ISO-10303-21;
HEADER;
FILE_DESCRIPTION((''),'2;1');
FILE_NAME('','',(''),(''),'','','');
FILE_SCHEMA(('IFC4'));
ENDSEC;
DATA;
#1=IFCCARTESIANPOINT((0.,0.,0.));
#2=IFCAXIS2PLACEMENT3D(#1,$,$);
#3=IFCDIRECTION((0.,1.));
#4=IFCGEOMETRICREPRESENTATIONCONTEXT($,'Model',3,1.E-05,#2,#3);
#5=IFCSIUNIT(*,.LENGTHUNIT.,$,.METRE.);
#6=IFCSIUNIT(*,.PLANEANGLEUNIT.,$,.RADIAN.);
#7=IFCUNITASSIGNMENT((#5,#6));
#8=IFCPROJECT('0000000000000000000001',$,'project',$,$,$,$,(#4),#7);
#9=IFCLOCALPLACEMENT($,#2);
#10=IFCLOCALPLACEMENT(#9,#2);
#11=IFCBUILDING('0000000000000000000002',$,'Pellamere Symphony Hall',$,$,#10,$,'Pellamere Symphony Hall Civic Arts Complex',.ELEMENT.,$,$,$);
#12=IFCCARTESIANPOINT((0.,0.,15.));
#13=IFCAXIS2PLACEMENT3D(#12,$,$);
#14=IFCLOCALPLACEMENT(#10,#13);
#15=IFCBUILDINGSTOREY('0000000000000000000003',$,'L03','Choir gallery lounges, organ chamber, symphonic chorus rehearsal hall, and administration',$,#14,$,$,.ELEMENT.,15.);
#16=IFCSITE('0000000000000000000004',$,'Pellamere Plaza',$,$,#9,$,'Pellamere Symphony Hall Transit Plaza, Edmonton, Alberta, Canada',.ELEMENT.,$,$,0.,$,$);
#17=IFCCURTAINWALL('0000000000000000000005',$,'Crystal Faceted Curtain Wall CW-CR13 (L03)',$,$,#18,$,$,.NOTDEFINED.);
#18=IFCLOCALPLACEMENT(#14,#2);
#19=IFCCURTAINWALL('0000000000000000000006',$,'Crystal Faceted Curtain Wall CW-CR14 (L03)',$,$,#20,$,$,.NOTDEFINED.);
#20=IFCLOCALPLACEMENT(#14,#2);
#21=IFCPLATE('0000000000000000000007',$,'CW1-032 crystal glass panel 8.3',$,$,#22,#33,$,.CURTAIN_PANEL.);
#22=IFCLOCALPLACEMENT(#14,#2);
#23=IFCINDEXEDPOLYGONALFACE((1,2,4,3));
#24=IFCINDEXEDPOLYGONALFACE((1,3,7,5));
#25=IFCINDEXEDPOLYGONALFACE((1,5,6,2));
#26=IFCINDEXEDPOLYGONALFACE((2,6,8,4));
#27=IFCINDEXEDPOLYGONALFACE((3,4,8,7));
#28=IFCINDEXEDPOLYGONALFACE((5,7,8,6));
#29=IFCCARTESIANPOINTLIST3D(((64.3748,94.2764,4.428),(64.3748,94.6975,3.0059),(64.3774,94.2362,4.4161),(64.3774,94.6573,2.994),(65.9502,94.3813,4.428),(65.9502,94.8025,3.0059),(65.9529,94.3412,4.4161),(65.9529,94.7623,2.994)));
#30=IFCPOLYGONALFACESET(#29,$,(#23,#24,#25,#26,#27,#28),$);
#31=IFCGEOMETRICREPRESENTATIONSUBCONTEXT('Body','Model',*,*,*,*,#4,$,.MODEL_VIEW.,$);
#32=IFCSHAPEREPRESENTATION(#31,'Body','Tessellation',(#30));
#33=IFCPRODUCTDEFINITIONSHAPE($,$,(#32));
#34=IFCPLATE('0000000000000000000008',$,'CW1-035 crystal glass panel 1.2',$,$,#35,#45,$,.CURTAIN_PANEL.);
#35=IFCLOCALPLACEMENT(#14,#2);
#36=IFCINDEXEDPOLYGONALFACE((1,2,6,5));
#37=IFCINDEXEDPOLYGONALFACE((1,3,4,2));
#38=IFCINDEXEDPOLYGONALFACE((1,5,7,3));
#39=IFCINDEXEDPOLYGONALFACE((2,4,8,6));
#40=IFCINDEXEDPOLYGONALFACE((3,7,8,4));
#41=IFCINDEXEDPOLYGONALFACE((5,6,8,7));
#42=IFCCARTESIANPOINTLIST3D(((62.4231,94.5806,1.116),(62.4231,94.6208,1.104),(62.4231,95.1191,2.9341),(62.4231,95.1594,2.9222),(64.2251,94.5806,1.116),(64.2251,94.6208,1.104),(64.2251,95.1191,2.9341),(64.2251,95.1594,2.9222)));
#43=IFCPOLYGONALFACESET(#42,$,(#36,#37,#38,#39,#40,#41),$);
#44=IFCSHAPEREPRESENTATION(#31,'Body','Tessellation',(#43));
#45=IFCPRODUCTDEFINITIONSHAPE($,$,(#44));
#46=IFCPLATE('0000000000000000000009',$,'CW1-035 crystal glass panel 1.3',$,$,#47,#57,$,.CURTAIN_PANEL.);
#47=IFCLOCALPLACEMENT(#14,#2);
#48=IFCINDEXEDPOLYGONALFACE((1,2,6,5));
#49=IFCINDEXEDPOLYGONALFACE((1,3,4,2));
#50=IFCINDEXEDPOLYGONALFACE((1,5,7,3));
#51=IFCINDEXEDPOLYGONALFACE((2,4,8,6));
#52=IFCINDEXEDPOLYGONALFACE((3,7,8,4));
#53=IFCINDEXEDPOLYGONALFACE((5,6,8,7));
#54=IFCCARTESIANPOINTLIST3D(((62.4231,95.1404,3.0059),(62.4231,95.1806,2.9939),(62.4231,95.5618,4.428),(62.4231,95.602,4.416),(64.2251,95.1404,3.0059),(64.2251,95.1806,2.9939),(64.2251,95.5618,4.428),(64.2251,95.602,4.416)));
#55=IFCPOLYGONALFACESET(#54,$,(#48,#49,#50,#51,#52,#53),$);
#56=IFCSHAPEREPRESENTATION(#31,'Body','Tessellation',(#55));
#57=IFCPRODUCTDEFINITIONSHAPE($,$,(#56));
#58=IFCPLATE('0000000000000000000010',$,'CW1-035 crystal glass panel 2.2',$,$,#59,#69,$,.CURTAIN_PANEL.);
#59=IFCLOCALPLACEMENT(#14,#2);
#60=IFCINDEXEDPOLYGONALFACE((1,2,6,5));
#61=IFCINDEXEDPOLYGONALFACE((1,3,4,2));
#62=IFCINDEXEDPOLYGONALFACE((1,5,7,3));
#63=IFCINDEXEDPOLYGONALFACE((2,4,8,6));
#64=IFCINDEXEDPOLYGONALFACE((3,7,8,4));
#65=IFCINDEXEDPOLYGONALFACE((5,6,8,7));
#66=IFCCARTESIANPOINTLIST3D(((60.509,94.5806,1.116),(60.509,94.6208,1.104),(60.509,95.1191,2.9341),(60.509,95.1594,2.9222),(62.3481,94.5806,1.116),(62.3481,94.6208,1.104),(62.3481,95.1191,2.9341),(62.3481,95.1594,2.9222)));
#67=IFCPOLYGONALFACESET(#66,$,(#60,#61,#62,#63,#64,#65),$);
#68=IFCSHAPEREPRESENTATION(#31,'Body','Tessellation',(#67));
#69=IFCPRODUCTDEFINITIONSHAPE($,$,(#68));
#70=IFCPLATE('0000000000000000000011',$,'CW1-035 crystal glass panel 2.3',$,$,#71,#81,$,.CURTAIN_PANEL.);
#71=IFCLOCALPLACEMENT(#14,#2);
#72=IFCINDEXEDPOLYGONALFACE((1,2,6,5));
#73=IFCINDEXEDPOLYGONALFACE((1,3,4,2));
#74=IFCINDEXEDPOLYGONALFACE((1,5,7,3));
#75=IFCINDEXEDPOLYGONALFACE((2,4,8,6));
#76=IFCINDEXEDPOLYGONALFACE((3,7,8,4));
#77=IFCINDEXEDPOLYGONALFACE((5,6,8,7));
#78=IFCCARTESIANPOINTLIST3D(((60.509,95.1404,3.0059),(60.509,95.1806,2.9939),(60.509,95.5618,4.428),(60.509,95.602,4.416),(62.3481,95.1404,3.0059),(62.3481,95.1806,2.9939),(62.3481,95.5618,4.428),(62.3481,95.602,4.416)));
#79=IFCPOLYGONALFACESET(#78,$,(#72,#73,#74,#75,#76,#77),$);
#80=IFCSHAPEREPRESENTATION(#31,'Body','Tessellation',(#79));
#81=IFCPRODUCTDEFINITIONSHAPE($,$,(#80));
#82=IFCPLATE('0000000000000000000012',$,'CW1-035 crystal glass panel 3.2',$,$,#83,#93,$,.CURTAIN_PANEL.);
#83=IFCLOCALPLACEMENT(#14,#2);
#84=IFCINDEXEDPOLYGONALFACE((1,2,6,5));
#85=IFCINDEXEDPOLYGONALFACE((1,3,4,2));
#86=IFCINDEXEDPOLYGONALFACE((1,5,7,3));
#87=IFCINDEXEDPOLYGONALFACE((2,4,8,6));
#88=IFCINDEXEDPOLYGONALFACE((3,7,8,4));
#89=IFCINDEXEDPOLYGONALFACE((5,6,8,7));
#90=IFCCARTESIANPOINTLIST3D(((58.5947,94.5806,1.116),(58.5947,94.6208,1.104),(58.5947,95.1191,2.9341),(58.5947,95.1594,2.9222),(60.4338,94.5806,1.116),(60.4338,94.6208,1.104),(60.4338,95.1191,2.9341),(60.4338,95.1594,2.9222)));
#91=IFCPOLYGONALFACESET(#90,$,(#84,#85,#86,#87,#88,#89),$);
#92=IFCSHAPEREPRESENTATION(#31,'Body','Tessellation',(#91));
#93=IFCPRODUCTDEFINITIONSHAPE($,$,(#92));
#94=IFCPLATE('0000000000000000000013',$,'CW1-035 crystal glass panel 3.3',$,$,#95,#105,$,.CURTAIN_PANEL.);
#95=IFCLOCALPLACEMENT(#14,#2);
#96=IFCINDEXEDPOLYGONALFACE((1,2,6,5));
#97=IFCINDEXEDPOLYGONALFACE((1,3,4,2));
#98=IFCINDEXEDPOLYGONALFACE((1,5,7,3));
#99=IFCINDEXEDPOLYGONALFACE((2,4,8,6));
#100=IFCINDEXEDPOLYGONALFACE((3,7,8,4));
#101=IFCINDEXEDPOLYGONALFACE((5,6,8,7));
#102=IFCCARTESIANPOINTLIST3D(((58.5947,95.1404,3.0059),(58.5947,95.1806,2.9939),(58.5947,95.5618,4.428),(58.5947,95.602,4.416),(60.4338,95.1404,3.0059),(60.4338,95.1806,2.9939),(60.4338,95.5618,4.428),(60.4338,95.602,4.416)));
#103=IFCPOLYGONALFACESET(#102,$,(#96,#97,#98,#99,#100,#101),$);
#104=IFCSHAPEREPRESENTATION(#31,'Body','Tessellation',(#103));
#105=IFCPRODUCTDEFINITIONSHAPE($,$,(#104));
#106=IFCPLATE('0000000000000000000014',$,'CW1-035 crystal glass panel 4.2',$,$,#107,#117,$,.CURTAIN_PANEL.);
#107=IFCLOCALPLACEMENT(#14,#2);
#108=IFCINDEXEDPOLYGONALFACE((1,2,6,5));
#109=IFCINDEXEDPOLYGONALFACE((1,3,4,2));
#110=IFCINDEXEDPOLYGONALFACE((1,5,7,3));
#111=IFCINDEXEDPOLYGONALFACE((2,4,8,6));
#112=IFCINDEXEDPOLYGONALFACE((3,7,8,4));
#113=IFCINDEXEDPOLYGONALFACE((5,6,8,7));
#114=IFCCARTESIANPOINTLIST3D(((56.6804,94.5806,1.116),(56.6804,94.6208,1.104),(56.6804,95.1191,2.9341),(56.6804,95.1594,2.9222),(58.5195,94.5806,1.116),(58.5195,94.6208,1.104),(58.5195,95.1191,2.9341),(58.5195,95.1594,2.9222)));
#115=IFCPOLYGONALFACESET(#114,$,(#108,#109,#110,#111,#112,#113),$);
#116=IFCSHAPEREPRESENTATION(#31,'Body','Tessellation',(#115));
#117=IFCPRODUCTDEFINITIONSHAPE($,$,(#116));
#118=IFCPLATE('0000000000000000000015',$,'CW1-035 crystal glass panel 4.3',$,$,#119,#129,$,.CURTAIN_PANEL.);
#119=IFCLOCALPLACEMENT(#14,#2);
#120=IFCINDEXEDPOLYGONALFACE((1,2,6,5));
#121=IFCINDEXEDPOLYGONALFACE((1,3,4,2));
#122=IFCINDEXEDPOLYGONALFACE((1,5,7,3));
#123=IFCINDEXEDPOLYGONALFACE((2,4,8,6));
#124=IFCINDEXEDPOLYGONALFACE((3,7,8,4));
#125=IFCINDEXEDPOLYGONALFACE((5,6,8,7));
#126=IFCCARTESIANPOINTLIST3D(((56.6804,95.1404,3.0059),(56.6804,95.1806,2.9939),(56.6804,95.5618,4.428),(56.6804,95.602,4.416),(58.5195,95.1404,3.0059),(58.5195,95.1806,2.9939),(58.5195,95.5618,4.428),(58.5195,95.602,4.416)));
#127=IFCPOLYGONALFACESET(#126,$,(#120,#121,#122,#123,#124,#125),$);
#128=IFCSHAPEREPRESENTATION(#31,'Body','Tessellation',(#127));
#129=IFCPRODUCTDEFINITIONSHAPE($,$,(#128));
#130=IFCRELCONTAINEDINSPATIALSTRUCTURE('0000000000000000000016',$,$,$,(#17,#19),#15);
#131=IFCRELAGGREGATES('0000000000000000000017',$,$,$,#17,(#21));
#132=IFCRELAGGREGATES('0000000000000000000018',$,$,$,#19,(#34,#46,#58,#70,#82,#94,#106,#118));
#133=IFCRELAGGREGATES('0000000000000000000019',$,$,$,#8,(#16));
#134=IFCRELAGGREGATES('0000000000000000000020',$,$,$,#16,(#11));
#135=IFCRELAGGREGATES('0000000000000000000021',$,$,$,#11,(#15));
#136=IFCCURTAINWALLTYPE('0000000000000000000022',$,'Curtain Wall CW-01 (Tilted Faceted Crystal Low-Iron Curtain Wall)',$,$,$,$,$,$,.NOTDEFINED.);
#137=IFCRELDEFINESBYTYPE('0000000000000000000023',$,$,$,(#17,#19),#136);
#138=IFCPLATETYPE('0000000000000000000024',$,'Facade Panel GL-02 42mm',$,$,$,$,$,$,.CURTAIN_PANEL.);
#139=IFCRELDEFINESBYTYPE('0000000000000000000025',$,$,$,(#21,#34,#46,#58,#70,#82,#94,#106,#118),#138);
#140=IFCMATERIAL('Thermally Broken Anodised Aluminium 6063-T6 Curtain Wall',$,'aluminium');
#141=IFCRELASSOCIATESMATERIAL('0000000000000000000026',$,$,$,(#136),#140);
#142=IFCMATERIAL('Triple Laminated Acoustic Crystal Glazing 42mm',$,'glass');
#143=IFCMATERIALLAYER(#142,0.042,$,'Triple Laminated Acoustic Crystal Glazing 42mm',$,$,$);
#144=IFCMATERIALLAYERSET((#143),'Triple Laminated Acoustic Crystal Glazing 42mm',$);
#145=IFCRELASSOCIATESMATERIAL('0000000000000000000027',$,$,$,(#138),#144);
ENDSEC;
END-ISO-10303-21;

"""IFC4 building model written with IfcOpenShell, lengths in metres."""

from ifc_helpers import new_model, si_unit, direction, frame, origin, place, context, subcontext, project, spatial, polyline, outline, extrude, material, layer, layer_set, type_object, element, aggregate, save


model = new_model("IFC4")

# Units and contexts
model_context = context("Model", 3, precision=1e-05, world=origin(), true_north=direction((0.0, 1.0)))
body_context = subcontext(model_context, "Body", "Model", "MODEL_VIEW")
ifc_project = project(units=[si_unit("LENGTHUNIT", "METRE"), si_unit("PLANEANGLEUNIT", "RADIAN")], contexts=[model_context])

# Site, building, storey
site_placement = place(None, origin())
site = spatial("IfcSite", under=ifc_project, at=site_placement, Name="Pellamere Plaza", LongName="Pellamere Symphony Hall Transit Plaza, Edmonton, Alberta, Canada", CompositionType="ELEMENT", RefElevation=0.0)
building_placement = place(site_placement, origin())
building = spatial("IfcBuilding", under=site, at=building_placement, Name="Pellamere Symphony Hall", LongName="Pellamere Symphony Hall Civic Arts Complex", CompositionType="ELEMENT")
storey_placement = place(building_placement, frame((0.0, 0.0, 15.0)))
storey = spatial("IfcBuildingStorey", under=building, at=storey_placement, Name="L03", Description="Choir gallery lounges, organ chamber, symphonic chorus rehearsal hall, and administration", CompositionType="ELEMENT", Elevation=15.0)

# Curtain walls
ifc_material_1 = material(Name="Thermally Broken Anodised Aluminium 6063-T6 Curtain Wall", Category="aluminium")
curtain_wall_type = type_object("IfcCurtainWallType", Name="Curtain Wall CW-01 (Tilted Faceted Crystal Low-Iron Curtain Wall)", PredefinedType="NOTDEFINED", material=ifc_material_1)
curtain_wall_1_placement = place(storey_placement, origin())
curtain_wall_1 = element("IfcCurtainWall", 1, at=curtain_wall_1_placement, inside=storey, type_object=curtain_wall_type, Name="Crystal Faceted Curtain Wall CW-CR13 (L03)", PredefinedType="NOTDEFINED")
curtain_wall_2_placement = place(storey_placement, origin())
curtain_wall_2 = element("IfcCurtainWall", 2, at=curtain_wall_2_placement, inside=storey, type_object=curtain_wall_type, Name="Crystal Faceted Curtain Wall CW-CR14 (L03)", PredefinedType="NOTDEFINED")

# Plates
ifc_material_2 = material(Name="Triple Laminated Acoustic Crystal Glazing 42mm", Category="glass")
ifc_layer = layer(ifc_material_2, 0.042, Name="Triple Laminated Acoustic Crystal Glazing 42mm")
ifc_layer_set = layer_set([ifc_layer], Name="Triple Laminated Acoustic Crystal Glazing 42mm")
plate_type = type_object("IfcPlateType", Name="Facade Panel GL-02 42mm", PredefinedType="CURTAIN_PANEL", material=ifc_layer_set)
plate_1_placement = place(storey_placement, frame((65.9502, 94.8025, 3.0059), z_axis=(-0.063763, 0.956888, 0.28337), x_axis=(-0.997787, -0.066488, 0.0)))
plate_1 = element("IfcPlate", 3, at=plate_1_placement, type_object=plate_type, Name="CW1-032 crystal glass panel 8.3", PredefinedType="CURTAIN_PANEL", context=body_context, shape_type="SweptSolid", body=[
    extrude(outline(polyline([(0.0, 0.0), (1.5789, 0.0), (1.6069, 1.4829), (0.028, 1.4829), (0.0, 0.0)])), origin(), (0.0, 0.0, -1.0), 0.042),
])
aggregate(curtain_wall_1, [plate_1])
plate_2_placement = place(storey_placement, frame((64.2251, 94.5806, 1.116), z_axis=(0.0, -0.958816, 0.284027), x_axis=(-1.0, 0.0, 0.0)))
plate_2 = element("IfcPlate", 4, at=plate_2_placement, type_object=plate_type, Name="CW1-035 crystal glass panel 1.2", PredefinedType="CURTAIN_PANEL", context=body_context, shape_type="SweptSolid", body=[
    extrude(outline(polyline([(0.0, 0.0), (1.802, 0.0), (1.802, -1.8962), (0.0, -1.8962), (0.0, 0.0)])), origin(), (0.0, 0.0, -1.0), 0.042),
])
plate_3_placement = place(storey_placement, frame((64.2251, 95.1404, 3.0059), z_axis=(0.0, -0.958795, 0.2841), x_axis=(-1.0, 0.0, 0.0)))
plate_3 = element("IfcPlate", 5, at=plate_3_placement, type_object=plate_type, Name="CW1-035 crystal glass panel 1.3", PredefinedType="CURTAIN_PANEL", context=body_context, shape_type="SweptSolid", body=[
    extrude(outline(polyline([(0.0, 0.0), (1.802, 0.0), (1.802, -1.4832), (0.0, -1.4832), (0.0, 0.0)])), origin(), (0.0, 0.0, -1.0), 0.042),
])
plate_4_placement = place(storey_placement, frame((62.3481, 94.5806, 1.116), z_axis=(0.0, -0.958816, 0.284027), x_axis=(-1.0, 0.0, 0.0)))
plate_4 = element("IfcPlate", 6, at=plate_4_placement, type_object=plate_type, Name="CW1-035 crystal glass panel 2.2", PredefinedType="CURTAIN_PANEL", context=body_context, shape_type="SweptSolid", body=[
    extrude(outline(polyline([(0.0, 0.0), (1.8391, 0.0), (1.8391, -1.8962), (0.0, -1.8962), (0.0, 0.0)])), origin(), (0.0, 0.0, -1.0), 0.042),
])
plate_5_placement = place(storey_placement, frame((62.3481, 95.1404, 3.0059), z_axis=(0.0, -0.958795, 0.2841), x_axis=(-1.0, 0.0, 0.0)))
plate_5 = element("IfcPlate", 7, at=plate_5_placement, type_object=plate_type, Name="CW1-035 crystal glass panel 2.3", PredefinedType="CURTAIN_PANEL", context=body_context, shape_type="SweptSolid", body=[
    extrude(outline(polyline([(0.0, 0.0), (1.8391, 0.0), (1.8391, -1.4832), (0.0, -1.4832), (0.0, 0.0)])), origin(), (0.0, 0.0, -1.0), 0.042),
])
plate_6_placement = place(storey_placement, frame((60.4338, 94.5806, 1.116), z_axis=(0.0, -0.958816, 0.284027), x_axis=(-1.0, 0.0, 0.0)))
plate_6 = element("IfcPlate", 8, at=plate_6_placement, type_object=plate_type, Name="CW1-035 crystal glass panel 3.2", PredefinedType="CURTAIN_PANEL", context=body_context, shape_type="SweptSolid", body=[
    extrude(outline(polyline([(0.0, 0.0), (1.8391, 0.0), (1.8391, -1.8962), (0.0, -1.8962), (0.0, 0.0)])), origin(), (0.0, 0.0, -1.0), 0.042),
])
plate_7_placement = place(storey_placement, frame((60.4338, 95.1404, 3.0059), z_axis=(0.0, -0.958795, 0.2841), x_axis=(-1.0, 0.0, 0.0)))
plate_7 = element("IfcPlate", 9, at=plate_7_placement, type_object=plate_type, Name="CW1-035 crystal glass panel 3.3", PredefinedType="CURTAIN_PANEL", context=body_context, shape_type="SweptSolid", body=[
    extrude(outline(polyline([(0.0, 0.0), (1.8391, 0.0), (1.8391, -1.4832), (0.0, -1.4832), (0.0, 0.0)])), origin(), (0.0, 0.0, -1.0), 0.042),
])
plate_8_placement = place(storey_placement, frame((58.5195, 94.5806, 1.116), z_axis=(0.0, -0.958816, 0.284027), x_axis=(-1.0, 0.0, 0.0)))
plate_8 = element("IfcPlate", 10, at=plate_8_placement, type_object=plate_type, Name="CW1-035 crystal glass panel 4.2", PredefinedType="CURTAIN_PANEL", context=body_context, shape_type="SweptSolid", body=[
    extrude(outline(polyline([(0.0, 0.0), (1.8391, 0.0), (1.8391, -1.8962), (0.0, -1.8962), (0.0, 0.0)])), origin(), (0.0, 0.0, -1.0), 0.042),
])
plate_9_placement = place(storey_placement, frame((58.5195, 95.1404, 3.0059), z_axis=(0.0, -0.958795, 0.2841), x_axis=(-1.0, 0.0, 0.0)))
plate_9 = element("IfcPlate", 11, at=plate_9_placement, type_object=plate_type, Name="CW1-035 crystal glass panel 4.3", PredefinedType="CURTAIN_PANEL", context=body_context, shape_type="SweptSolid", body=[
    extrude(outline(polyline([(0.0, 0.0), (1.8391, 0.0), (1.8391, -1.4832), (0.0, -1.4832), (0.0, 0.0)])), origin(), (0.0, 0.0, -1.0), 0.042),
])
aggregate(curtain_wall_2, [plate_2, plate_3, plate_4, plate_5, plate_6, plate_7, plate_8, plate_9])

save(model, "model.ifc")
